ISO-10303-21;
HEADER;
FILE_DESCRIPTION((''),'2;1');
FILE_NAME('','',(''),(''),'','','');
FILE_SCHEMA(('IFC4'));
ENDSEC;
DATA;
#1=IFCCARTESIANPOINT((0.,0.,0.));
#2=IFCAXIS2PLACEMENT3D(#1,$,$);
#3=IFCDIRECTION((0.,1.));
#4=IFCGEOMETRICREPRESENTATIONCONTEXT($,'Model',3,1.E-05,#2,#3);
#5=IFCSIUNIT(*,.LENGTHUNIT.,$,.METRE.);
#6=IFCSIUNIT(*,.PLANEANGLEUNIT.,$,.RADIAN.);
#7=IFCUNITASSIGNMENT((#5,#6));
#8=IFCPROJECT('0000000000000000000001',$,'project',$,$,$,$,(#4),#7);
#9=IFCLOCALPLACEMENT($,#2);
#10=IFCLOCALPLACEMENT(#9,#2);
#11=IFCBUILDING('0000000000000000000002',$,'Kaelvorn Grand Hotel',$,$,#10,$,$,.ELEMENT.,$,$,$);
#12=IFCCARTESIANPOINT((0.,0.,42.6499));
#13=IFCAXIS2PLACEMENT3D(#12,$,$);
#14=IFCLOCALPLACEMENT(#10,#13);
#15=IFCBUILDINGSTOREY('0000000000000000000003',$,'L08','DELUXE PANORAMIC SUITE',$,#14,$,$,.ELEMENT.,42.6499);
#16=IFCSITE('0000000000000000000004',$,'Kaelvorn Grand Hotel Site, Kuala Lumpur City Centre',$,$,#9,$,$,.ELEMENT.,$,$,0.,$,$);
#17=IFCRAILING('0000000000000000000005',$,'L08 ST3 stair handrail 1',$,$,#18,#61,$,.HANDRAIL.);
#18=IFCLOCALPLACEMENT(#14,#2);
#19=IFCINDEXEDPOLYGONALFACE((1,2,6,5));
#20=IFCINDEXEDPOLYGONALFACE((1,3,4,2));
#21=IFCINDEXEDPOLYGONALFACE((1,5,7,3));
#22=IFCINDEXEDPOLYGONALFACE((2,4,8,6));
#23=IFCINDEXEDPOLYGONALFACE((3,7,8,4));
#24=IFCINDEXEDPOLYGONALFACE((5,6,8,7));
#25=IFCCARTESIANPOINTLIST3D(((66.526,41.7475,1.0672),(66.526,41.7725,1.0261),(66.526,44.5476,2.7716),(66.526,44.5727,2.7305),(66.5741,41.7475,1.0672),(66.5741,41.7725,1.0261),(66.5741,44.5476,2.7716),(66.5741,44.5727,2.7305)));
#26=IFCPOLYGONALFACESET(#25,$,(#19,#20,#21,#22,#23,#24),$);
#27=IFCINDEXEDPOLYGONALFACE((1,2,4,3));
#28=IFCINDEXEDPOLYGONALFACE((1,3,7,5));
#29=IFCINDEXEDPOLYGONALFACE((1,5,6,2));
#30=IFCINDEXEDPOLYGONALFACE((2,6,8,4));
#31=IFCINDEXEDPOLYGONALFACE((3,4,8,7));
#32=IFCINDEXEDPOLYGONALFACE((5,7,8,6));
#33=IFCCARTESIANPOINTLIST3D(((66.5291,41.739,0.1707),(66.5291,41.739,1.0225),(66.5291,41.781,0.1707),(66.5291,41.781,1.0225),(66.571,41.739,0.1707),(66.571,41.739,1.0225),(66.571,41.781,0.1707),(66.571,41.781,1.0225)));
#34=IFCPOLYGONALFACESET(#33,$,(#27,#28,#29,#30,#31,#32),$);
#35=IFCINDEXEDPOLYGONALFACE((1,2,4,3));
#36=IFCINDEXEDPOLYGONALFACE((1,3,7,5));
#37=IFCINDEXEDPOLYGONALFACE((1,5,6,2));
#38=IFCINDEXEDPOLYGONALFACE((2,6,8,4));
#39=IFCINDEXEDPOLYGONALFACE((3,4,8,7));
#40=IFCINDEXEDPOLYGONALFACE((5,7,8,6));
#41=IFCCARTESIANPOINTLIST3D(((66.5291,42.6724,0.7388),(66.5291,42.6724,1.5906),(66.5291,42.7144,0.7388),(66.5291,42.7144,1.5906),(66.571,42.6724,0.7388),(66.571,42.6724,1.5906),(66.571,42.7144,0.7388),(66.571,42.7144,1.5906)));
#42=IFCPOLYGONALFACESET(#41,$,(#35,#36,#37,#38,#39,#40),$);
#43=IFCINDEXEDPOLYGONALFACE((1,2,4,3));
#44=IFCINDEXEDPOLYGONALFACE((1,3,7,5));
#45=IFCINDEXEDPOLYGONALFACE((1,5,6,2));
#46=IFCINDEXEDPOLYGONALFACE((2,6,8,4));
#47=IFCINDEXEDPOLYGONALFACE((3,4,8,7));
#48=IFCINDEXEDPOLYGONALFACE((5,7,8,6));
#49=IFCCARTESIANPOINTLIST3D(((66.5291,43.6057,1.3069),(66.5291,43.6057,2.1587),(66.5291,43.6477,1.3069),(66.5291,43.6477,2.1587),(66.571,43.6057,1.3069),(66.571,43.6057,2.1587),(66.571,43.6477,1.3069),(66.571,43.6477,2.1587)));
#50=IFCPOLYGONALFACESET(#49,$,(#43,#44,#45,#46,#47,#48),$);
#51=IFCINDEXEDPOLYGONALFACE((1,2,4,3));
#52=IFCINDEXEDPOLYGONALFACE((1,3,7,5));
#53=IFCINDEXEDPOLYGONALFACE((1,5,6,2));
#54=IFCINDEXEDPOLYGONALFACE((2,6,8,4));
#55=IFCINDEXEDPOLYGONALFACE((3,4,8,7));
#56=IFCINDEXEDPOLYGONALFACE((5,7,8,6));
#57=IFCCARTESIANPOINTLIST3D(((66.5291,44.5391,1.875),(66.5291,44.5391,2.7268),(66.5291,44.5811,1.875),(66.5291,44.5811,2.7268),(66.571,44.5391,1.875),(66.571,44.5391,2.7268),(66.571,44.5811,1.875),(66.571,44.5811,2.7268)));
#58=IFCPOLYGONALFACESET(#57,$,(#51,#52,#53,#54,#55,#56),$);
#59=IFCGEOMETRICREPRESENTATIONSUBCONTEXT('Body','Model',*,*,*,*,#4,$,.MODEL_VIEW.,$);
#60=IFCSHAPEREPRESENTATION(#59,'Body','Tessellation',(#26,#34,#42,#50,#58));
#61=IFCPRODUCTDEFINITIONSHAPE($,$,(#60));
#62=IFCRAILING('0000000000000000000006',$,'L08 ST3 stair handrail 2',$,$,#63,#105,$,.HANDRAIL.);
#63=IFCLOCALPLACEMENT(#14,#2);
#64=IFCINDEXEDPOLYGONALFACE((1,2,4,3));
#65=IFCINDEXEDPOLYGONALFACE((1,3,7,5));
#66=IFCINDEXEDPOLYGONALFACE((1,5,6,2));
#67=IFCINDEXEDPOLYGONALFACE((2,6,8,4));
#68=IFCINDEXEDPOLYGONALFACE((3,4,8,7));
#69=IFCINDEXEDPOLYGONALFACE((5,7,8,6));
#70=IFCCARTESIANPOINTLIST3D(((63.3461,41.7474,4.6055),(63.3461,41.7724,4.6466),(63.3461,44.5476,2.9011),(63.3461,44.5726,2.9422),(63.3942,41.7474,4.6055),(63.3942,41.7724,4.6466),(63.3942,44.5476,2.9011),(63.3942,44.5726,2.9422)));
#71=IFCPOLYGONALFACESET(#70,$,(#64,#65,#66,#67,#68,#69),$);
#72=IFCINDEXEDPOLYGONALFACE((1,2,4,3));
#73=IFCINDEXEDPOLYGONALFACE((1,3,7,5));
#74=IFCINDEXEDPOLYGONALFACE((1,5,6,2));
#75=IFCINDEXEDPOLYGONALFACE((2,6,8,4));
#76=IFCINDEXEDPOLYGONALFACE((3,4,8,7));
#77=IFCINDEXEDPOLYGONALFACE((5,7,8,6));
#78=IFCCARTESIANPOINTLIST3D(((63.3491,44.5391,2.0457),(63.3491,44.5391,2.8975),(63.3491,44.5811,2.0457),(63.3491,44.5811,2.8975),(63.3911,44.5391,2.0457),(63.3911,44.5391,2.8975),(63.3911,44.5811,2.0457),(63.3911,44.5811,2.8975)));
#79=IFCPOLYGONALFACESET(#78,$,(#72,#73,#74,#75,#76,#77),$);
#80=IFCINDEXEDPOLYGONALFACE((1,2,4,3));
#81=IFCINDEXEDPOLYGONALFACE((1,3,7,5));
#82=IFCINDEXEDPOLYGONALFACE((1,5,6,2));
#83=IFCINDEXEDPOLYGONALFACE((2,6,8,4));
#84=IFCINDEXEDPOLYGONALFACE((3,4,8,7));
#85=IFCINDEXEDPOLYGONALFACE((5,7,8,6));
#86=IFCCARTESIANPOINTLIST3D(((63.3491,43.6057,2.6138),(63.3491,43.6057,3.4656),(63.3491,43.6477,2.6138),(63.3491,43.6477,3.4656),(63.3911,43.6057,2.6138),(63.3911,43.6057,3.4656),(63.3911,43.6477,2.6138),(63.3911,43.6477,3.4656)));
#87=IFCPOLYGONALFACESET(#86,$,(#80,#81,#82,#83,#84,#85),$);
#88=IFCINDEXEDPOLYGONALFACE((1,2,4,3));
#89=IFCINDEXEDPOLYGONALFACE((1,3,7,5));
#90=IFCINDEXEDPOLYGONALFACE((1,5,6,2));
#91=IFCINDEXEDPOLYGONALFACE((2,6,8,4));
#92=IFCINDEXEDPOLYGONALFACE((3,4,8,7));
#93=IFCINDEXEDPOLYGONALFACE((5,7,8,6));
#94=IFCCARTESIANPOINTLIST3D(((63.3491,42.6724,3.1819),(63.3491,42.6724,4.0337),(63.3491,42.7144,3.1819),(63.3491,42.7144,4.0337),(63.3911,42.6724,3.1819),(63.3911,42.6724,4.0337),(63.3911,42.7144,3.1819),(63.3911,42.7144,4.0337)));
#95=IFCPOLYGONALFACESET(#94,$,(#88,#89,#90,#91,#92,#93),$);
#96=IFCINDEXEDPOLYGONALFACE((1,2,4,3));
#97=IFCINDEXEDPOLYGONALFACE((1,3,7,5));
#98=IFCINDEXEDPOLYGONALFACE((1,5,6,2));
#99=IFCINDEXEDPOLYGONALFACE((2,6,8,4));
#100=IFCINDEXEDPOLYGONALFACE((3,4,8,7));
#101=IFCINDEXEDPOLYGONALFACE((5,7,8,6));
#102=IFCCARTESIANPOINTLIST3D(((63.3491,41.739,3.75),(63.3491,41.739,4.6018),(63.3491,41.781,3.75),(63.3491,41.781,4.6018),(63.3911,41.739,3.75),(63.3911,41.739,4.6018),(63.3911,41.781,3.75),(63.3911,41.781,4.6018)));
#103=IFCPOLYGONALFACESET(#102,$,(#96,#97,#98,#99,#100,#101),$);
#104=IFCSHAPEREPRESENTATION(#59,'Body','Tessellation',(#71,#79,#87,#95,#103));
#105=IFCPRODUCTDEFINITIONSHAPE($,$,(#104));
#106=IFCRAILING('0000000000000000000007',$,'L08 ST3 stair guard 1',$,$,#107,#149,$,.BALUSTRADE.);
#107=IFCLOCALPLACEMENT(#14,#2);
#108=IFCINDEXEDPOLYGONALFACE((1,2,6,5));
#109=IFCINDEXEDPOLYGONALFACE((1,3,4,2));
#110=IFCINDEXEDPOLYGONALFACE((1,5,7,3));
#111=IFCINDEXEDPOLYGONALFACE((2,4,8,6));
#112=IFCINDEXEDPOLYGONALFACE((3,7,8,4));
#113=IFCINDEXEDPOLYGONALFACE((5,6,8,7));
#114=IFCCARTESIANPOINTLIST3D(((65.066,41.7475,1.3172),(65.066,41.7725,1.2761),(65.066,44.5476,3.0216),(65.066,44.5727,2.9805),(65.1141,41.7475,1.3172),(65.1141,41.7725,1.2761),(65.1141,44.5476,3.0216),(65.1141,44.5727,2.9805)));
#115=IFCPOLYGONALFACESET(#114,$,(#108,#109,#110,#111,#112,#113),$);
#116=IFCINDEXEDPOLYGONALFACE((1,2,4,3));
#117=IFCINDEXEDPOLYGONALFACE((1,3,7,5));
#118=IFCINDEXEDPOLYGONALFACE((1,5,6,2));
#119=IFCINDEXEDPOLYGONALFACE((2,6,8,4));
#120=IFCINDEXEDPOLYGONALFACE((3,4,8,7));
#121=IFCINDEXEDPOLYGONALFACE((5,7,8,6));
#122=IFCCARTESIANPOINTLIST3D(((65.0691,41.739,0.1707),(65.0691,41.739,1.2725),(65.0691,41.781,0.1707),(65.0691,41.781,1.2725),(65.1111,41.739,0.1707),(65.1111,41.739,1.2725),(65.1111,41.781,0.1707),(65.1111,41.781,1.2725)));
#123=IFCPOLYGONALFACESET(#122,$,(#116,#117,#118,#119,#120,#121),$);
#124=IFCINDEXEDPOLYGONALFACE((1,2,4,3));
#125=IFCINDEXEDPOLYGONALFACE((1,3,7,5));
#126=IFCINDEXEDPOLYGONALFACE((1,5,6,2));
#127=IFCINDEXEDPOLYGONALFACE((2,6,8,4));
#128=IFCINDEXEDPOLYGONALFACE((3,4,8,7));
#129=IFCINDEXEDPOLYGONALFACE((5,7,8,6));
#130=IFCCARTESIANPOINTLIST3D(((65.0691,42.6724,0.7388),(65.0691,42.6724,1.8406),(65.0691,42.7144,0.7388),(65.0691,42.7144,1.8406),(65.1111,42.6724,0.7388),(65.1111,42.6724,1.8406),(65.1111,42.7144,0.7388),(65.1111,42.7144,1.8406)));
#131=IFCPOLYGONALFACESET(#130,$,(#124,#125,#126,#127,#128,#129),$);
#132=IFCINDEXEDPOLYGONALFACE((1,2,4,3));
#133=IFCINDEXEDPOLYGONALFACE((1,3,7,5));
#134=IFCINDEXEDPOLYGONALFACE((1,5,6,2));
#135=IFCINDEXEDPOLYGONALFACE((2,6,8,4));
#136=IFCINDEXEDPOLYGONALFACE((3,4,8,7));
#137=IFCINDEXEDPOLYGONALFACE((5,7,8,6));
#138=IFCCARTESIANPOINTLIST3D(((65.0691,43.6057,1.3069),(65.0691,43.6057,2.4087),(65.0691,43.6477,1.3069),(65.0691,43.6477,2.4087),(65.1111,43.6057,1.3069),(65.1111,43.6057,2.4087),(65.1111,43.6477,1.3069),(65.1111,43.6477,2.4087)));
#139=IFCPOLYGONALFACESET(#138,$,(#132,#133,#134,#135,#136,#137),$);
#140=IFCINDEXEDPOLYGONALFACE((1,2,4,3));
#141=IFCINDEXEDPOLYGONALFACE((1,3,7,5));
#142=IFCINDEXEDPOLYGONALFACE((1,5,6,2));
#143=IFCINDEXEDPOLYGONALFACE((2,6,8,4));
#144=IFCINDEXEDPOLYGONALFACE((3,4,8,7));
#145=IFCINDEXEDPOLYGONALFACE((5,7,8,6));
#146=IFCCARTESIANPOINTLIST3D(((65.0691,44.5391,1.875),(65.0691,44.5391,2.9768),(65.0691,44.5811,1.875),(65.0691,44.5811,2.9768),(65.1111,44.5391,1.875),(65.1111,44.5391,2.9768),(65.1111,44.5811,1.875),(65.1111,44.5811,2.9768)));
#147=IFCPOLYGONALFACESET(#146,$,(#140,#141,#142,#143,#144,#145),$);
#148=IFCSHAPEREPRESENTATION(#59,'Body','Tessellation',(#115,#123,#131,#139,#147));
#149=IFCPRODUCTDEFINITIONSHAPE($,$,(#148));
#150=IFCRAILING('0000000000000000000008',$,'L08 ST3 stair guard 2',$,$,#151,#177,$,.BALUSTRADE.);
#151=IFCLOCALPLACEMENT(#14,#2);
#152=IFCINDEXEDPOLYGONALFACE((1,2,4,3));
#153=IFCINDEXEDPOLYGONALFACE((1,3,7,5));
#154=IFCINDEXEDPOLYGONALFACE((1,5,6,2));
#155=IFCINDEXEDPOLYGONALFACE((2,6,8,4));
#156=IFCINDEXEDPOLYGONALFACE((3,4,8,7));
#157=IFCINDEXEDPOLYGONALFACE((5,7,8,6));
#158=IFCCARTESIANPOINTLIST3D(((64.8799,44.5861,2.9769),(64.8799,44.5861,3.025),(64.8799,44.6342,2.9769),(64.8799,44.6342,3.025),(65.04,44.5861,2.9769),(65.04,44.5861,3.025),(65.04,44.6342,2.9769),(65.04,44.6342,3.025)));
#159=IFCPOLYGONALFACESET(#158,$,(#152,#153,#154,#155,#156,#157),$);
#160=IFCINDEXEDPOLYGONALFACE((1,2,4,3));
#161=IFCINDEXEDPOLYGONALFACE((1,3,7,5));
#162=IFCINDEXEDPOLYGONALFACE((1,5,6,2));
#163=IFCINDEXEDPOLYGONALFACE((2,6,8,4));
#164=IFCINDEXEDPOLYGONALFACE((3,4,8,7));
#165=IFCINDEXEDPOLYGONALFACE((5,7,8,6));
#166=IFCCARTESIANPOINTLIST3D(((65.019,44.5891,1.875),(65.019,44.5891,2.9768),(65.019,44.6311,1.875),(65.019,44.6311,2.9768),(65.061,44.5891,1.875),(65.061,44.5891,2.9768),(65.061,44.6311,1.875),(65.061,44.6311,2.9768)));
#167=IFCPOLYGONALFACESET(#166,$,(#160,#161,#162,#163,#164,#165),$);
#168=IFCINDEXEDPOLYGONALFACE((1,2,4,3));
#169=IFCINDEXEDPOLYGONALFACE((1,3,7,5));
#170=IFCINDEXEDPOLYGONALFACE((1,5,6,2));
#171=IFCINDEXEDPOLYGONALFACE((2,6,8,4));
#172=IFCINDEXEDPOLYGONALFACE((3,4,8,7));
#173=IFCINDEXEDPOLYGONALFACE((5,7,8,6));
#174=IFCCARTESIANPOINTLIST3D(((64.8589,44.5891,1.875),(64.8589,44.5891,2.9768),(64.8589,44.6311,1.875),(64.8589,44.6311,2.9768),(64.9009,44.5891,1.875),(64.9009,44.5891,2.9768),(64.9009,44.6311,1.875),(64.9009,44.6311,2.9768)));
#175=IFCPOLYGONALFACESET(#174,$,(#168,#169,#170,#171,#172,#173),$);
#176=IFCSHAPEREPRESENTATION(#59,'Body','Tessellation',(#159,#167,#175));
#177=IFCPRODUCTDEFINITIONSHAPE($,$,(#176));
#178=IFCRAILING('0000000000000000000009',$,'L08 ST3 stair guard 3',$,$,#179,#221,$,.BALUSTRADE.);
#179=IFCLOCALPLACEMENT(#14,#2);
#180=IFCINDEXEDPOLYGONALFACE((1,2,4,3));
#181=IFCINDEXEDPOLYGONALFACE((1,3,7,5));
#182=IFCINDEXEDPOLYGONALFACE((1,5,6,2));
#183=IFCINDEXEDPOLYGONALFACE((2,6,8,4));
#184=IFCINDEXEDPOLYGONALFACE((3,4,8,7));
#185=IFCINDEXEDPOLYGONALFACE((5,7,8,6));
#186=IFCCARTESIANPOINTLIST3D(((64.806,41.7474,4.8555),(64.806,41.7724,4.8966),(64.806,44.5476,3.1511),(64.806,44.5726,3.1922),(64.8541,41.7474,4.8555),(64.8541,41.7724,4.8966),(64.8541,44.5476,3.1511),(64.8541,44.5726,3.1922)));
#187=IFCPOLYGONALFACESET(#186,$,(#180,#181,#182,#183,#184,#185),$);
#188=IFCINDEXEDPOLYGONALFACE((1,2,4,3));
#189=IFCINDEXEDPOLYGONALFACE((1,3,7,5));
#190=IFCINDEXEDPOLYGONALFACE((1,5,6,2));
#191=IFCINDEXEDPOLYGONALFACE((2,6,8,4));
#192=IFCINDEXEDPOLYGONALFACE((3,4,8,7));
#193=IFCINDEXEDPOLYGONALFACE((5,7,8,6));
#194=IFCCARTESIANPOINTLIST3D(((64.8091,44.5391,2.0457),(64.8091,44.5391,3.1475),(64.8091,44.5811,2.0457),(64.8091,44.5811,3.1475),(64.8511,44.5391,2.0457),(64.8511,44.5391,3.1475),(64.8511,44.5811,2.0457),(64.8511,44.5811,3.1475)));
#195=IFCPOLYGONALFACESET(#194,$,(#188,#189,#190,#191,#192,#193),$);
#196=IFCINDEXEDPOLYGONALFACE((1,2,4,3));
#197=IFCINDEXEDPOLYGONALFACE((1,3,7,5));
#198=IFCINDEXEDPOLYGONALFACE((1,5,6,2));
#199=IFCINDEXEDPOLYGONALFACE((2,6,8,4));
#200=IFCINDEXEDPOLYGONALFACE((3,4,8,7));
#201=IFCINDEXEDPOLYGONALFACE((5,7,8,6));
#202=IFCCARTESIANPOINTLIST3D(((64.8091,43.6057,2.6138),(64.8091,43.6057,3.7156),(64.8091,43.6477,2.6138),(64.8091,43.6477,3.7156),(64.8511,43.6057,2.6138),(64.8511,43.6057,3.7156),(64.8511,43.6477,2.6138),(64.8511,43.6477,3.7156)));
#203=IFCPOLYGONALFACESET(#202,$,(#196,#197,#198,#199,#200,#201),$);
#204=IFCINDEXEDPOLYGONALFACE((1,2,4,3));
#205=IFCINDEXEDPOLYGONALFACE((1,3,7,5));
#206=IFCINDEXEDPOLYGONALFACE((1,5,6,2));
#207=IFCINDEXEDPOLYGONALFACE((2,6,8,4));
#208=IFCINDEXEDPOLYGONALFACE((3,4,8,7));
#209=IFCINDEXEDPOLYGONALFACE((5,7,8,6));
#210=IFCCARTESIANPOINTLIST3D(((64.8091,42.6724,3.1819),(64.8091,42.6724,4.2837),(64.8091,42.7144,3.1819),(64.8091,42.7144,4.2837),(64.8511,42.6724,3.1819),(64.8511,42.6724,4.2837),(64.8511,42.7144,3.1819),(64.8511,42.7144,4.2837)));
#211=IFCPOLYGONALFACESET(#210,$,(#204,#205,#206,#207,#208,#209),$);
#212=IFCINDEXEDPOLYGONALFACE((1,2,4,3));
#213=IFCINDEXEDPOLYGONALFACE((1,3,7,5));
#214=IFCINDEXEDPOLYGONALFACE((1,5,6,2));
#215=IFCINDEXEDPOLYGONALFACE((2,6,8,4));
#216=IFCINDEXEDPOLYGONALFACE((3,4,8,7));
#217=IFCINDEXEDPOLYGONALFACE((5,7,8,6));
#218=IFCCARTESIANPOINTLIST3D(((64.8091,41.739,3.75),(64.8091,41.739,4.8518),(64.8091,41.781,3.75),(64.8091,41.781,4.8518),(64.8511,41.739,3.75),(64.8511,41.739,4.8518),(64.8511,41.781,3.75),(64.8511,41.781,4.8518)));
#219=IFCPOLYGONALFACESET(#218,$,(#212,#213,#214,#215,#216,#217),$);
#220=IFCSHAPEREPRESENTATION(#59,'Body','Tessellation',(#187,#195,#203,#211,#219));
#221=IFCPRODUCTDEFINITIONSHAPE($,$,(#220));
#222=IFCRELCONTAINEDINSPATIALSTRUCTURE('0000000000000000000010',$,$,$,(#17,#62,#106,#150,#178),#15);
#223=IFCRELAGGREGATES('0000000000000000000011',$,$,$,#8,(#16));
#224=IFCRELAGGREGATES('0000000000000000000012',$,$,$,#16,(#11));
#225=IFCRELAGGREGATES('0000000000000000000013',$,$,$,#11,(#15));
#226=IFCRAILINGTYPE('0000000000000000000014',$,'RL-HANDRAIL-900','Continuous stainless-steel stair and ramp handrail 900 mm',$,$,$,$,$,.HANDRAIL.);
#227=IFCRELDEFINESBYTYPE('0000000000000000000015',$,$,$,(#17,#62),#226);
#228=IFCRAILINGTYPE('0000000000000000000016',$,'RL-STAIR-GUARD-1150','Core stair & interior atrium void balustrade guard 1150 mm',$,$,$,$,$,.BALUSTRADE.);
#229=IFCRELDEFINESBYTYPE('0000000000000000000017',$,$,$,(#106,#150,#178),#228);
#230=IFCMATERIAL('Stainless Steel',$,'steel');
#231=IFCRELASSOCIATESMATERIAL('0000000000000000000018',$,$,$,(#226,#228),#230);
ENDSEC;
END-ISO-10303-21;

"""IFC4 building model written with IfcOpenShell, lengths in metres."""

from ifc_helpers import new_model, si_unit, direction, frame, origin, origin_2d, place, context, subcontext, project, spatial, rectangle, extrude, material, type_object, element, save


model = new_model("IFC4")

# Units and contexts
model_context = context("Model", 3, precision=1e-05, world=origin(), true_north=direction((0.0, 1.0)))
body_context = subcontext(model_context, "Body", "Model", "MODEL_VIEW")
ifc_project = project(units=[si_unit("LENGTHUNIT", "METRE"), si_unit("PLANEANGLEUNIT", "RADIAN")], contexts=[model_context])

# Site, building, storey
site_placement = place(None, origin())
site = spatial("IfcSite", under=ifc_project, at=site_placement, Name="Kaelvorn Grand Hotel Site, Kuala Lumpur City Centre", CompositionType="ELEMENT", RefElevation=0.0)
building_placement = place(site_placement, origin())
building = spatial("IfcBuilding", under=site, at=building_placement, Name="Kaelvorn Grand Hotel", CompositionType="ELEMENT")
storey_placement = place(building_placement, frame((0.0, 0.0, 42.6499)))
storey = spatial("IfcBuildingStorey", under=building, at=storey_placement, Name="L08", Description="DELUXE PANORAMIC SUITE", CompositionType="ELEMENT", Elevation=42.6499)

# Shared definitions
ifc_material_1 = material(Name="Stainless Steel", Category="steel")

# Railings
railing_type_1 = type_object("IfcRailingType", Name="RL-HANDRAIL-900", Description="Continuous stainless-steel stair and ramp handrail 900 mm", PredefinedType="HANDRAIL", material=ifc_material_1)
railing_1_placement = place(storey_placement, frame((66.55, 41.76, 0.1707)))
element("IfcRailing", 1, at=railing_1_placement, inside=storey, type_object=railing_type_1, Name="L08 ST3 stair handrail 1", PredefinedType="HANDRAIL", context=body_context, shape_type="SweptSolid", body=[
    extrude(rectangle(XDim=0.0481, YDim=0.0481, at=origin_2d()), frame((0.0, 0.0, 0.876), z_axis=(0.0, 0.854203, 0.51994), x_axis=(-1.0, 0.0, 0.0)), (0.0, 0.0, 1.0), 3.2781),
    extrude(rectangle(XDim=0.042, YDim=0.042, at=origin_2d()), origin(), (0.0, 0.0, 1.0), 0.8518),
    extrude(rectangle(XDim=0.042, YDim=0.042, at=origin_2d()), frame((0.0, 0.9333, 0.5681)), (0.0, 0.0, 1.0), 0.8518),
    extrude(rectangle(XDim=0.042, YDim=0.042, at=origin_2d()), frame((0.0, 1.8667, 1.1362)), (0.0, 0.0, 1.0), 0.8518),
    extrude(rectangle(XDim=0.042, YDim=0.042, at=origin_2d()), frame((0.0, 2.8, 1.7043)), (0.0, 0.0, 1.0), 0.8518),
])
railing_2_placement = place(storey_placement, frame((63.3701, 44.5601, 2.0457)))
element("IfcRailing", 2, at=railing_2_placement, inside=storey, type_object=railing_type_1, Name="L08 ST3 stair handrail 2", PredefinedType="HANDRAIL", context=body_context, shape_type="SweptSolid", body=[
    extrude(rectangle(XDim=0.0481, YDim=0.0481, at=origin_2d()), frame((0.0, 0.0, 0.876), z_axis=(0.0, -0.854203, 0.51994), x_axis=(1.0, 0.0, 0.0)), (0.0, 0.0, 1.0), 3.2781),
    extrude(rectangle(XDim=0.042, YDim=0.042, at=origin_2d()), origin(), (0.0, 0.0, 1.0), 0.8518),
    extrude(rectangle(XDim=0.042, YDim=0.042, at=origin_2d()), frame((0.0, -0.9333, 0.5681)), (0.0, 0.0, 1.0), 0.8518),
    extrude(rectangle(XDim=0.042, YDim=0.042, at=origin_2d()), frame((0.0, -1.8667, 1.1362)), (0.0, 0.0, 1.0), 0.8518),
    extrude(rectangle(XDim=0.042, YDim=0.042, at=origin_2d()), frame((0.0, -2.8, 1.7043)), (0.0, 0.0, 1.0), 0.8518),
])
railing_type_2 = type_object("IfcRailingType", Name="RL-STAIR-GUARD-1150", Description="Core stair & interior atrium void balustrade guard 1150 mm", PredefinedType="BALUSTRADE", material=ifc_material_1)
railing_3_placement = place(storey_placement, frame((65.0901, 41.76, 0.1707)))
element("IfcRailing", 3, at=railing_3_placement, inside=storey, type_object=railing_type_2, Name="L08 ST3 stair guard 1", PredefinedType="BALUSTRADE", context=body_context, shape_type="SweptSolid", body=[
    extrude(rectangle(XDim=0.0481, YDim=0.0481, at=origin_2d()), frame((0.0, 0.0, 1.126), z_axis=(0.0, 0.854203, 0.51994), x_axis=(-1.0, 0.0, 0.0)), (0.0, 0.0, 1.0), 3.2781),
    extrude(rectangle(XDim=0.042, YDim=0.042, at=origin_2d()), origin(), (0.0, 0.0, 1.0), 1.1018),
    extrude(rectangle(XDim=0.042, YDim=0.042, at=origin_2d()), frame((0.0, 0.9333, 0.5681)), (0.0, 0.0, 1.0), 1.1018),
    extrude(rectangle(XDim=0.042, YDim=0.042, at=origin_2d()), frame((0.0, 1.8667, 1.1362)), (0.0, 0.0, 1.0), 1.1018),
    extrude(rectangle(XDim=0.042, YDim=0.042, at=origin_2d()), frame((0.0, 2.8, 1.7043)), (0.0, 0.0, 1.0), 1.1018),
])
railing_4_placement = place(storey_placement, frame((65.04, 44.6101, 1.875)))
element("IfcRailing", 4, at=railing_4_placement, inside=storey, type_object=railing_type_2, Name="L08 ST3 stair guard 2", PredefinedType="BALUSTRADE", context=body_context, shape_type="SweptSolid", body=[
    extrude(rectangle(XDim=0.0481, YDim=0.0481, at=origin_2d()), frame((0.0, 0.0, 1.126), z_axis=(-1.0, 0.0, 0.0), x_axis=(0.0, -1.0, 0.0)), (0.0, 0.0, 1.0), 0.1602),
    extrude(rectangle(XDim=0.042, YDim=0.042, at=origin_2d()), origin(), (0.0, 0.0, 1.0), 1.1018),
    extrude(rectangle(XDim=0.042, YDim=0.042, at=origin_2d()), frame((-0.1602, 0.0, 0.0)), (0.0, 0.0, 1.0), 1.1018),
])
railing_5_placement = place(storey_placement, frame((64.8301, 44.5601, 2.0457)))
element("IfcRailing", 5, at=railing_5_placement, inside=storey, type_object=railing_type_2, Name="L08 ST3 stair guard 3", PredefinedType="BALUSTRADE", context=body_context, shape_type="SweptSolid", body=[
    extrude(rectangle(XDim=0.0481, YDim=0.0481, at=origin_2d()), frame((0.0, 0.0, 1.126), z_axis=(0.0, -0.854203, 0.51994), x_axis=(1.0, 0.0, 0.0)), (0.0, 0.0, 1.0), 3.2781),
    extrude(rectangle(XDim=0.042, YDim=0.042, at=origin_2d()), origin(), (0.0, 0.0, 1.0), 1.1018),
    extrude(rectangle(XDim=0.042, YDim=0.042, at=origin_2d()), frame((0.0, -0.9333, 0.5681)), (0.0, 0.0, 1.0), 1.1018),
    extrude(rectangle(XDim=0.042, YDim=0.042, at=origin_2d()), frame((0.0, -1.8667, 1.1362)), (0.0, 0.0, 1.0), 1.1018),
    extrude(rectangle(XDim=0.042, YDim=0.042, at=origin_2d()), frame((0.0, -2.8, 1.7043)), (0.0, 0.0, 1.0), 1.1018),
])

save(model, "model.ifc")
